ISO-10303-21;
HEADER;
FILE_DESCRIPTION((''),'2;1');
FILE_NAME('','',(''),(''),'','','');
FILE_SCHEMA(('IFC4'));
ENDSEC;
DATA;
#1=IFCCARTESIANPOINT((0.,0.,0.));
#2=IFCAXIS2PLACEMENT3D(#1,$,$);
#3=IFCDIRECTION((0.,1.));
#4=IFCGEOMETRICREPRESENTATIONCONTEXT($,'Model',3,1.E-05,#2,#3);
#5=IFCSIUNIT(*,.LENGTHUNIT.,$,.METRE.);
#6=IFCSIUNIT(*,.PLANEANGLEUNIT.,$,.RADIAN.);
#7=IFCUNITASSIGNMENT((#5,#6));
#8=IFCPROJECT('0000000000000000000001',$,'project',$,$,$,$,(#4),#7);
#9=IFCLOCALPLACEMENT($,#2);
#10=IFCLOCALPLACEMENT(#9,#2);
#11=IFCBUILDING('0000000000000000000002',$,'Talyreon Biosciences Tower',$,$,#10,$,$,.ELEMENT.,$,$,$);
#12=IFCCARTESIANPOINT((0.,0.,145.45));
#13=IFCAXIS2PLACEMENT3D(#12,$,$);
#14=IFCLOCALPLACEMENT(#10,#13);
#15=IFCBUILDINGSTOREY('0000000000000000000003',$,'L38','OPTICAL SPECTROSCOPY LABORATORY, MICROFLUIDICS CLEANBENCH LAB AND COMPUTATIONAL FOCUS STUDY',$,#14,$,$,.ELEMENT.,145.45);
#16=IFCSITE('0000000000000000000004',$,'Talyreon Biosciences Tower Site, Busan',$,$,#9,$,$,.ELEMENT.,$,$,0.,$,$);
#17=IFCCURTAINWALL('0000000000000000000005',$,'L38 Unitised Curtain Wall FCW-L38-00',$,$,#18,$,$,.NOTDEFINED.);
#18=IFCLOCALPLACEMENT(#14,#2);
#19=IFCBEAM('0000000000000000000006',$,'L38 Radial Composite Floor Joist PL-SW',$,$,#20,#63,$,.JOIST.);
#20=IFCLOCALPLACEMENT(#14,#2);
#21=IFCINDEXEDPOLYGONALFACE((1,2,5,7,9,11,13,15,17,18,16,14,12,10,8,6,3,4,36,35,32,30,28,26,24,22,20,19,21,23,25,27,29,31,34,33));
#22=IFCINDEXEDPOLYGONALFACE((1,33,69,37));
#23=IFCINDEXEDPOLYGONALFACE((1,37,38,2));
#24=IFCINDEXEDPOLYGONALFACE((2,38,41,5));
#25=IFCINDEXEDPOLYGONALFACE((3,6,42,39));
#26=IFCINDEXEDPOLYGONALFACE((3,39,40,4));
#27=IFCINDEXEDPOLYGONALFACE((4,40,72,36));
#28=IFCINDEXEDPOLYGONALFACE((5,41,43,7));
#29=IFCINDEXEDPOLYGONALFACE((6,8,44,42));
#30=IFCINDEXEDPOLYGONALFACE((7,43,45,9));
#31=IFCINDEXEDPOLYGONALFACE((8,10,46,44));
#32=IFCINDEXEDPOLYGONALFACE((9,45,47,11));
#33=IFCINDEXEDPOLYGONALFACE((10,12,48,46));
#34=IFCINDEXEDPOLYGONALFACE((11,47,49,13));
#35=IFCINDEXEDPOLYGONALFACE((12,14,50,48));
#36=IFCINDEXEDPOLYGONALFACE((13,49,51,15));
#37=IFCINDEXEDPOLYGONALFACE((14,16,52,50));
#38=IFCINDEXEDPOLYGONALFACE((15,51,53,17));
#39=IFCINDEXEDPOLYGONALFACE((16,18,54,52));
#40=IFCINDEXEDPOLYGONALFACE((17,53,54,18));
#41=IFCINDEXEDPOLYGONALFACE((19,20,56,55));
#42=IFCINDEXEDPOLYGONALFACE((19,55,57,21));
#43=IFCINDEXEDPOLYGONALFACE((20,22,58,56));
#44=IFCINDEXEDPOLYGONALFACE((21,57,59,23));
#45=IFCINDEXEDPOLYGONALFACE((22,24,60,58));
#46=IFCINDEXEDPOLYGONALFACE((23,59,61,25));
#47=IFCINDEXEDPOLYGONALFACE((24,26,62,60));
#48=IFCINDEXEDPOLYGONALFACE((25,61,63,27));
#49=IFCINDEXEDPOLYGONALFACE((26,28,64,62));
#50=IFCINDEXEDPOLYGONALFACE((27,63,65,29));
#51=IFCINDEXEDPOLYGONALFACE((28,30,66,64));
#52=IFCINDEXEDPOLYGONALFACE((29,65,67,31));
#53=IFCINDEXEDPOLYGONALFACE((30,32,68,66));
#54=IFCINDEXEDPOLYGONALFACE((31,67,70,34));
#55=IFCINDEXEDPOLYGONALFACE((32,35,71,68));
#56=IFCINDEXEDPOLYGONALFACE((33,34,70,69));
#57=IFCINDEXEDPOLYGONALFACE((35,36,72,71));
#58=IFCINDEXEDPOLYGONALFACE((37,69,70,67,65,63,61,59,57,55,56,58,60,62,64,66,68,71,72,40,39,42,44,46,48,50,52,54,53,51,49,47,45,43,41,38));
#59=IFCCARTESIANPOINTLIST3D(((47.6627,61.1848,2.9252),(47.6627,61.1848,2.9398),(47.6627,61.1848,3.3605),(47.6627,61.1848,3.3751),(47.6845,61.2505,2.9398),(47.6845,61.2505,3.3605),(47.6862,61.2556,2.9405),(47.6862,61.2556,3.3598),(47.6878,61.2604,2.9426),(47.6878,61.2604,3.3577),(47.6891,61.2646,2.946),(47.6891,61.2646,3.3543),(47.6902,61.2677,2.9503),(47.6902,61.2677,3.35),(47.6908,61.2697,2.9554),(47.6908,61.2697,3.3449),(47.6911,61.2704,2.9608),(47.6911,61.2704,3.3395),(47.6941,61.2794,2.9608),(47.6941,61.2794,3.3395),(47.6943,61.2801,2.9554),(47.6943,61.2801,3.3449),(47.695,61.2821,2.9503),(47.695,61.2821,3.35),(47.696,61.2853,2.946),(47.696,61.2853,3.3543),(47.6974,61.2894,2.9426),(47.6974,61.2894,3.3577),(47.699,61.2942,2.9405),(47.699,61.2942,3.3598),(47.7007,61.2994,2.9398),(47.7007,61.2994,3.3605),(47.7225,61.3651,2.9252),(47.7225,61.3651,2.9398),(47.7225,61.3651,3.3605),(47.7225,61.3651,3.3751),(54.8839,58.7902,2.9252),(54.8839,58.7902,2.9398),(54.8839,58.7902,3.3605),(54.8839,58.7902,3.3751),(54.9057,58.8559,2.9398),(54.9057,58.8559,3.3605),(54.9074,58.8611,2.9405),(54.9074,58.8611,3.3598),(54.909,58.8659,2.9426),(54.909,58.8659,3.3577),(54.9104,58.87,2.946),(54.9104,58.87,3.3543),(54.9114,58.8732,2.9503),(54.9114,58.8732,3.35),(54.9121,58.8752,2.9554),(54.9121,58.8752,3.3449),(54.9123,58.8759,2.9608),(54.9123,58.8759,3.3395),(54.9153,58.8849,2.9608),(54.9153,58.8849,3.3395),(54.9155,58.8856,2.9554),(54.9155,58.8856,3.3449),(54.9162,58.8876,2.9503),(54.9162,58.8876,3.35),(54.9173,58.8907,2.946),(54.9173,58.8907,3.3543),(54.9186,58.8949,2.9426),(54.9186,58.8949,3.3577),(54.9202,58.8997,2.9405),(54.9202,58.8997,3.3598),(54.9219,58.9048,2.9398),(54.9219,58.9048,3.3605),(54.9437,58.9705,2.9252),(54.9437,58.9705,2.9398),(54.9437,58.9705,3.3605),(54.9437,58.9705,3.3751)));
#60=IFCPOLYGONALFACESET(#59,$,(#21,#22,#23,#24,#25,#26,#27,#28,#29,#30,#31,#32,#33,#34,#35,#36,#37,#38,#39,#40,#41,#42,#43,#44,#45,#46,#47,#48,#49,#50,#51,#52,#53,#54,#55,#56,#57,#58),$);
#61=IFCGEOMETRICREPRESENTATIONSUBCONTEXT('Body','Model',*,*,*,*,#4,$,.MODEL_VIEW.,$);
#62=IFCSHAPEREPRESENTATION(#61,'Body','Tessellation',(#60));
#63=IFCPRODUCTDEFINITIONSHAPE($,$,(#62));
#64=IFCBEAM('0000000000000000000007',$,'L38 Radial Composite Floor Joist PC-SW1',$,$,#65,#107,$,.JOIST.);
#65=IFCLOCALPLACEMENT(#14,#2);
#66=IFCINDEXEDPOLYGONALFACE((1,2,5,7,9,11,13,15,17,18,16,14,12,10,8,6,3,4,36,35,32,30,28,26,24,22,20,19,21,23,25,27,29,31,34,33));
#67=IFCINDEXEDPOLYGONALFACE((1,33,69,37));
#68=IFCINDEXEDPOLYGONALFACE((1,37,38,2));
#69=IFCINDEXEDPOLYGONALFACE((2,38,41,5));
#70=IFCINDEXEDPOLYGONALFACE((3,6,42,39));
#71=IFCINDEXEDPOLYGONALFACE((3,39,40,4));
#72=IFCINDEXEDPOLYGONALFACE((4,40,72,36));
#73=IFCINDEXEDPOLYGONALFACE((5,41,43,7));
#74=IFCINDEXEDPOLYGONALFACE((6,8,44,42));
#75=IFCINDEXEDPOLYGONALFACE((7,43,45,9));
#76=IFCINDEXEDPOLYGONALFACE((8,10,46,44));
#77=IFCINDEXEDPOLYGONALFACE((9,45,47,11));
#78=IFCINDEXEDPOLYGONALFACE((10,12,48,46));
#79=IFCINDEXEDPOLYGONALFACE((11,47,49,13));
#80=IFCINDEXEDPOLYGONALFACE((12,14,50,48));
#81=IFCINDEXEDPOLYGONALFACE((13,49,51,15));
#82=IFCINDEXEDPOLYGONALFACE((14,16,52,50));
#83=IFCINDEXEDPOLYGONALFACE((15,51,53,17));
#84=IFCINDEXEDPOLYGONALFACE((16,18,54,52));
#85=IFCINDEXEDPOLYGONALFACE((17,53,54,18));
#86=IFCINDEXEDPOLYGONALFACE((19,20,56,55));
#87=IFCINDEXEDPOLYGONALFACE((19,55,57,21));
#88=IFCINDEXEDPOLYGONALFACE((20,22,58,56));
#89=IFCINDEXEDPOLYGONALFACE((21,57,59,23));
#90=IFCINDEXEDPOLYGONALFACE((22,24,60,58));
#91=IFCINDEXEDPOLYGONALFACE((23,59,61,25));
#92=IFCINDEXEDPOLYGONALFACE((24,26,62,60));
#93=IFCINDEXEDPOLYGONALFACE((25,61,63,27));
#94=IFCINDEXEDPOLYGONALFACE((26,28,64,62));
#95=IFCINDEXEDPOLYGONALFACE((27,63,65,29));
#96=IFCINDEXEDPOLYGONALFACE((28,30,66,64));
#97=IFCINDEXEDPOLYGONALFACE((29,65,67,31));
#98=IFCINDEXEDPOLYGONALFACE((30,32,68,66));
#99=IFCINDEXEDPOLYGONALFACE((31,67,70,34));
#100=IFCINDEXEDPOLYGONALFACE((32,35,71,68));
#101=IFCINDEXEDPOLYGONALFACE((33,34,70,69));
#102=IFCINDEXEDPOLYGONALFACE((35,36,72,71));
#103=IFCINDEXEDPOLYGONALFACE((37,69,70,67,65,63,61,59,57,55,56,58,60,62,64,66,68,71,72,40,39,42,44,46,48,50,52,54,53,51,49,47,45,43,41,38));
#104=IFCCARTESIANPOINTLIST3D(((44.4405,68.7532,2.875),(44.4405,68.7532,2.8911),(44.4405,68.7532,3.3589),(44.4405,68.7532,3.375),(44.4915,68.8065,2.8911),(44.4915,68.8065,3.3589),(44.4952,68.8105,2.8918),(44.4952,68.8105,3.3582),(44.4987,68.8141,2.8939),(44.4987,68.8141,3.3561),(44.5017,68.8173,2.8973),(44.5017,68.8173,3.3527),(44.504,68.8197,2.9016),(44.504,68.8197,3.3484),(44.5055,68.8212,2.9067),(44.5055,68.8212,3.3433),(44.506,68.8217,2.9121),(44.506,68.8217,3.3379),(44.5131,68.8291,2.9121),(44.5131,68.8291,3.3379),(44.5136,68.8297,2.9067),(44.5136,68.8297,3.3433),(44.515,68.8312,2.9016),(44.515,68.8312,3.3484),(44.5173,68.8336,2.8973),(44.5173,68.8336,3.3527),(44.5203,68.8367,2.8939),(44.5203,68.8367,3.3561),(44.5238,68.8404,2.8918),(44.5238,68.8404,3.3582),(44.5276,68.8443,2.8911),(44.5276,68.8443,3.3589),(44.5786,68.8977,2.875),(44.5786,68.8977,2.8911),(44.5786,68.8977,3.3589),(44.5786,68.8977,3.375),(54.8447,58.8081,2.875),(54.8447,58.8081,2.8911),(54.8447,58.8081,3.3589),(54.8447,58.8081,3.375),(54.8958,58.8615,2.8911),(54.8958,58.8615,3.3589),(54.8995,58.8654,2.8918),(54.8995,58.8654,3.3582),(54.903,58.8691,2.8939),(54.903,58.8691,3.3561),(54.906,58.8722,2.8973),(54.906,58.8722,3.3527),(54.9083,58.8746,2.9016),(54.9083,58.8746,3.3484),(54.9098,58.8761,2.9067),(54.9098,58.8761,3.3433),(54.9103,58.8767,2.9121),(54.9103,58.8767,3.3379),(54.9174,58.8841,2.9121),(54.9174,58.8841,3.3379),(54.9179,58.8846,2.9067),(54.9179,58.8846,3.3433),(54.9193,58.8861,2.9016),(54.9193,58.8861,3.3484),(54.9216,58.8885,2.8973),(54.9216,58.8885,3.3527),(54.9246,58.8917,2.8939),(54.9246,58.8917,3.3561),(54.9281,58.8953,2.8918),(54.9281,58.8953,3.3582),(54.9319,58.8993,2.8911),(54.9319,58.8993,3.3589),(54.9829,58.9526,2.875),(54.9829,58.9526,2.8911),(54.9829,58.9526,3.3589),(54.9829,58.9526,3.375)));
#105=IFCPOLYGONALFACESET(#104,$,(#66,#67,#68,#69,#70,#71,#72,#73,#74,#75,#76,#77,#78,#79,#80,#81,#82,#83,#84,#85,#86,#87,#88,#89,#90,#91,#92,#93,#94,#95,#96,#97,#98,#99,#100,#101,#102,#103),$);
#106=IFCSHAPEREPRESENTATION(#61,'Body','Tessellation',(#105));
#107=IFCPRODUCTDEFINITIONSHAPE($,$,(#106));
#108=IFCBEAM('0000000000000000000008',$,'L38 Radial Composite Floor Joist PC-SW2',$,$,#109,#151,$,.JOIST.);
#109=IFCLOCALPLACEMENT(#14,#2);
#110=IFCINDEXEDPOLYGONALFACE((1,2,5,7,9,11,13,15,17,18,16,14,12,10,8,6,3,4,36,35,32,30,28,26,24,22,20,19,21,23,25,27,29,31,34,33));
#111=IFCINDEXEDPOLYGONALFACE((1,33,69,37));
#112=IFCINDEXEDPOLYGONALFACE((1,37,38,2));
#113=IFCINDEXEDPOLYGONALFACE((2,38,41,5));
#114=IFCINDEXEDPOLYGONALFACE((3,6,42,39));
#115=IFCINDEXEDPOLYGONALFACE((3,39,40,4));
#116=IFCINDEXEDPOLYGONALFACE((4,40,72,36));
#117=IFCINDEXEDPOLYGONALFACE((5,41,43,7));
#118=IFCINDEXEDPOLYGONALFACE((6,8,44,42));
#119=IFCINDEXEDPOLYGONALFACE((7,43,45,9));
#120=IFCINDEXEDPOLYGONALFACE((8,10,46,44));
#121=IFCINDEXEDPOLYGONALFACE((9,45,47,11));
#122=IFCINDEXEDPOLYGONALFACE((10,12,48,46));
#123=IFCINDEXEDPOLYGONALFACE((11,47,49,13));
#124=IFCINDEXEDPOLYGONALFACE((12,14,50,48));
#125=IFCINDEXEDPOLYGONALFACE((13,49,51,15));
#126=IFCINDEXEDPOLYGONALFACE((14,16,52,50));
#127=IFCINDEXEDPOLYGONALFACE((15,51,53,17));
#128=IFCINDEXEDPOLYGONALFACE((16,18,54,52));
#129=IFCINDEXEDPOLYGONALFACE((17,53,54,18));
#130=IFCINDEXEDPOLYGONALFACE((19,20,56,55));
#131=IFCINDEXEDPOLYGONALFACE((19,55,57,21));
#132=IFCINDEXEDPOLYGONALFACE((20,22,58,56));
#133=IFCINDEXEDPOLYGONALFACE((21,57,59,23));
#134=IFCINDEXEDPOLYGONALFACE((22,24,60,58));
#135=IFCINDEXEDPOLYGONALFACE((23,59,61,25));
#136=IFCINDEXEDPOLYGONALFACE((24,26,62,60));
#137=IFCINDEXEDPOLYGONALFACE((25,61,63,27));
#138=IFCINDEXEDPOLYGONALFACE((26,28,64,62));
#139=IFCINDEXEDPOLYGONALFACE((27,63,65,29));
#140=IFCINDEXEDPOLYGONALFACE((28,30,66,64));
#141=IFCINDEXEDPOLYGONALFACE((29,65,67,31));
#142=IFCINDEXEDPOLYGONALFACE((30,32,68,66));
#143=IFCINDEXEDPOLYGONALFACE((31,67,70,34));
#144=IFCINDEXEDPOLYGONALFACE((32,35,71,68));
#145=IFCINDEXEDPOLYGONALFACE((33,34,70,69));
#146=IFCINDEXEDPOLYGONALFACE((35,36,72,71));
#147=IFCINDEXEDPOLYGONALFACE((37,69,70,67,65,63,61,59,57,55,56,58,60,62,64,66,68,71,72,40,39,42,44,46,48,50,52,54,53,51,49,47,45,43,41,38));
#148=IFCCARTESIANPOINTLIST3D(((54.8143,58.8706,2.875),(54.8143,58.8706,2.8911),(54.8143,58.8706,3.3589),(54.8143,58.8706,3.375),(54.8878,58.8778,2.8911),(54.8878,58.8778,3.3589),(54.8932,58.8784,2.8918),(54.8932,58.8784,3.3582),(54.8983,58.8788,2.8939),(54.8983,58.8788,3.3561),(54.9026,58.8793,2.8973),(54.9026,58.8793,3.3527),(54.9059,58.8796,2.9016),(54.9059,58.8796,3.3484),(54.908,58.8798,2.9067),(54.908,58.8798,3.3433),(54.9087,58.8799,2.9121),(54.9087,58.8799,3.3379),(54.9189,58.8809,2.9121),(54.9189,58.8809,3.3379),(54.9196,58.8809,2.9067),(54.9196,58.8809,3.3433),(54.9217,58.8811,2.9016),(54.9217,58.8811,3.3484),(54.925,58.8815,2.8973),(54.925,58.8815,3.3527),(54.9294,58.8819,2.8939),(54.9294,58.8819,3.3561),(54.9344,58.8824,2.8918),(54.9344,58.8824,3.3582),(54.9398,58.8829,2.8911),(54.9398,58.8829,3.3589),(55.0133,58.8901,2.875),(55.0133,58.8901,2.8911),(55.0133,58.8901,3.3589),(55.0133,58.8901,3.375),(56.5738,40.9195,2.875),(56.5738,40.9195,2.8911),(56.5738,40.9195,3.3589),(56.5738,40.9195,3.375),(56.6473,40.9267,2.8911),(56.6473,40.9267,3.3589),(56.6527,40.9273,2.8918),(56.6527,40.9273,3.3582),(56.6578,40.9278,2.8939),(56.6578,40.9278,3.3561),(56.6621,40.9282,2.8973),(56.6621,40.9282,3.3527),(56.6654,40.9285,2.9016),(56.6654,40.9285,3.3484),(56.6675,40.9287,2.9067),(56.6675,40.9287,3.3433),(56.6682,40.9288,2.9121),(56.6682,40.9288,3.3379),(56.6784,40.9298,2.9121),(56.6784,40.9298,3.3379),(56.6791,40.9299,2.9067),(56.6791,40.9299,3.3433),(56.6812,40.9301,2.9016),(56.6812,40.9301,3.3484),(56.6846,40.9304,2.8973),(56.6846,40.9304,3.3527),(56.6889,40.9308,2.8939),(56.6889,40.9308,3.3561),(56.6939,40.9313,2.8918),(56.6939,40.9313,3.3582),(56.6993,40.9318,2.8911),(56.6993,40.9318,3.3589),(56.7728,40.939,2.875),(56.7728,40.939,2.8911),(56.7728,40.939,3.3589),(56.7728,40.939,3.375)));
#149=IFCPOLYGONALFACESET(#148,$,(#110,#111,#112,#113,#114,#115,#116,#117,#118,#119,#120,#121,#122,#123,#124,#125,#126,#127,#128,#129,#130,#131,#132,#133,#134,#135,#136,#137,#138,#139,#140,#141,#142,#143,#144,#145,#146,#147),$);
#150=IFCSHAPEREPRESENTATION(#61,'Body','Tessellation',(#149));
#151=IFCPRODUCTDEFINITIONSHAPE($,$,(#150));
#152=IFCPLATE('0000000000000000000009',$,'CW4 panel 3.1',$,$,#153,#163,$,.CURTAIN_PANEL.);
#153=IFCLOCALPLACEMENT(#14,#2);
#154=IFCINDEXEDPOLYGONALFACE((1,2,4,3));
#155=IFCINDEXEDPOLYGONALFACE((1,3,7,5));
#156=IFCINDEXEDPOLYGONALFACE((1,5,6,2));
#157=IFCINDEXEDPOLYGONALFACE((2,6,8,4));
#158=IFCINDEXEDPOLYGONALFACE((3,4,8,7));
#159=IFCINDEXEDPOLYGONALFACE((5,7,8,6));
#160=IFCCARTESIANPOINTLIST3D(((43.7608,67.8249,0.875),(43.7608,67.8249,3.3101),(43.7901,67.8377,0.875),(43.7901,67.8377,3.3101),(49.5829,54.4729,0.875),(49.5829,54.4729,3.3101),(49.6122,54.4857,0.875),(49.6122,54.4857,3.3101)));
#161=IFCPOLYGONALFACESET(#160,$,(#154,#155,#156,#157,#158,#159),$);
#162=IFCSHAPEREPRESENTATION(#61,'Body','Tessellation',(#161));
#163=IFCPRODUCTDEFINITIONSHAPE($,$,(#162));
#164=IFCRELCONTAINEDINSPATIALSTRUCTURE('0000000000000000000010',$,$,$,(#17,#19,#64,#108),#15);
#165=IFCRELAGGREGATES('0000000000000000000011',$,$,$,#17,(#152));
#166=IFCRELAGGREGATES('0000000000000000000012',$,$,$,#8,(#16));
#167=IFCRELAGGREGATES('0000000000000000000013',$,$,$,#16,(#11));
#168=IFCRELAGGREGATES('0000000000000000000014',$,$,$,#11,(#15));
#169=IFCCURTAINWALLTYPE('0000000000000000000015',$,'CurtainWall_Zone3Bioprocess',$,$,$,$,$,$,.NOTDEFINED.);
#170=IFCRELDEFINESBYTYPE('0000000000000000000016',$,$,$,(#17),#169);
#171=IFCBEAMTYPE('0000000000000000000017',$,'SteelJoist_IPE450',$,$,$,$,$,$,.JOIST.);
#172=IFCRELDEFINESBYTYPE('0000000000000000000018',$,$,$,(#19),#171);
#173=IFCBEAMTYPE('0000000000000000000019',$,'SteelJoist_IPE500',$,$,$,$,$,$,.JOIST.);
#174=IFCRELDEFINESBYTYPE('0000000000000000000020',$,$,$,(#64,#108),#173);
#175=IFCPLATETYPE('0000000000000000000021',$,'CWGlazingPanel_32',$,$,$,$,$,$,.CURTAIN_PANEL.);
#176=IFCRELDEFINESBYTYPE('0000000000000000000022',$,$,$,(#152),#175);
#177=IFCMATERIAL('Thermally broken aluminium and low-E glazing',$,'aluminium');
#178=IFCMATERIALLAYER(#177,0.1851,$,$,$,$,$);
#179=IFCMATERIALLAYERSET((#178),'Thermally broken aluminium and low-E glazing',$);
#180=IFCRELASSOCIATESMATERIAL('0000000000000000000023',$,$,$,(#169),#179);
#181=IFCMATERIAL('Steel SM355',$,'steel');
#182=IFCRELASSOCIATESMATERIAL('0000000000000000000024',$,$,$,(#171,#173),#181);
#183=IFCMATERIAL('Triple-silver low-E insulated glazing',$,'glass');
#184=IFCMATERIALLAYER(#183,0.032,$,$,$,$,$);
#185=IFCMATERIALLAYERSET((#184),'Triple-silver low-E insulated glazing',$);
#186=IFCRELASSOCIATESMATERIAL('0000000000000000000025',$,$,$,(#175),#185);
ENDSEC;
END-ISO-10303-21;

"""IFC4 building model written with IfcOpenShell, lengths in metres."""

from ifc_helpers import new_model, si_unit, direction, frame, origin, origin_2d, place, context, subcontext, project, spatial, rectangle, i_section, extrude, material, layer, layer_set, material_profile, profile_set, type_object, element, aggregate, save


model = new_model("IFC4")

# Units and contexts
model_context = context("Model", 3, precision=1e-05, world=origin(), true_north=direction((0.0, 1.0)))
body_context = subcontext(model_context, "Body", "Model", "MODEL_VIEW")
ifc_project = project(units=[si_unit("LENGTHUNIT", "METRE"), si_unit("PLANEANGLEUNIT", "RADIAN")], contexts=[model_context])

# Site, building, storey
site_placement = place(None, origin())
site = spatial("IfcSite", under=ifc_project, at=site_placement, Name="Talyreon Biosciences Tower Site, Busan", CompositionType="ELEMENT", RefElevation=0.0)
building_placement = place(site_placement, origin())
building = spatial("IfcBuilding", under=site, at=building_placement, Name="Talyreon Biosciences Tower", CompositionType="ELEMENT")
storey_placement = place(building_placement, frame((0.0, 0.0, 145.45)))
storey = spatial("IfcBuildingStorey", under=building, at=storey_placement, Name="L38", Description="OPTICAL SPECTROSCOPY LABORATORY, MICROFLUIDICS CLEANBENCH LAB AND COMPUTATIONAL FOCUS STUDY", CompositionType="ELEMENT", Elevation=145.45)

# Curtain wall
ifc_material_1 = material(Name="Thermally broken aluminium and low-E glazing", Category="aluminium")
ifc_layer_1 = layer(ifc_material_1, 0.1851)
ifc_layer_set_1 = layer_set([ifc_layer_1], Name="Thermally broken aluminium and low-E glazing")
curtain_wall_type = type_object("IfcCurtainWallType", Name="CurtainWall_Zone3Bioprocess", PredefinedType="NOTDEFINED", material=ifc_layer_set_1)
curtain_wall_placement = place(storey_placement, origin())
curtain_wall = element("IfcCurtainWall", 1, at=curtain_wall_placement, inside=storey, type_object=curtain_wall_type, Name="L38 Unitised Curtain Wall FCW-L38-00", PredefinedType="NOTDEFINED")

# Beams
ifc_material_2 = material(Name="Steel SM355", Category="steel")
ifc_material_profile_1 = material_profile(ifc_material_2, i_section(OverallWidth=0.1899, OverallDepth=0.45, WebThickness=0.0095, FlangeThickness=0.0146, FilletRadius=0.021, at=origin_2d()), Name="IPE450")
ifc_profile_set_1 = profile_set([ifc_material_profile_1], Name="Steel SM355")
beam_type_1 = type_object("IfcBeamType", Name="SteelJoist_IPE450", PredefinedType="JOIST", material=ifc_profile_set_1)
beam_1_placement = place(storey_placement, frame((54.9138, 58.8804, 3.1501), z_axis=(-0.949176, 0.314745, 0.0), x_axis=(-0.314745, -0.949176, 0.0)))
element("IfcBeam", 2, at=beam_1_placement, inside=storey, type_object=beam_type_1, Name="L38 Radial Composite Floor Joist PL-SW", PredefinedType="JOIST", context=body_context, shape_type="SweptSolid", body=[
    extrude(i_section(OverallWidth=0.1899, OverallDepth=0.45, WebThickness=0.0095, FlangeThickness=0.0146, FilletRadius=0.021, at=origin_2d()), origin(), (0.0, 0.0, 1.0), 7.6079),
])
ifc_material_profile_2 = material_profile(ifc_material_2, i_section(OverallWidth=0.2, OverallDepth=0.5, WebThickness=0.0103, FlangeThickness=0.0161, FilletRadius=0.021, at=origin_2d()), Name="IPE500")
ifc_profile_set_2 = profile_set([ifc_material_profile_2], Name="Steel SM355")
beam_type_2 = type_object("IfcBeamType", Name="SteelJoist_IPE500", PredefinedType="JOIST", material=ifc_profile_set_2)
beam_2_placement = place(storey_placement, frame((54.9138, 58.8804, 3.125), z_axis=(-0.72288, 0.690973, 0.0), x_axis=(-0.690973, -0.72288, 0.0)))
element("IfcBeam", 3, at=beam_2_placement, inside=storey, type_object=beam_type_2, Name="L38 Radial Composite Floor Joist PC-SW1", PredefinedType="JOIST", context=body_context, shape_type="SweptSolid", body=[
    extrude(i_section(OverallWidth=0.2, OverallDepth=0.5, WebThickness=0.0103, FlangeThickness=0.0161, FilletRadius=0.021, at=origin_2d()), origin(), (0.0, 0.0, 1.0), 14.3928),
])
beam_3_placement = place(storey_placement, frame((54.9138, 58.8804, 3.125), z_axis=(0.09755, -0.995231, 0.0), x_axis=(0.995231, 0.09755, 0.0)))
element("IfcBeam", 4, at=beam_3_placement, inside=storey, type_object=beam_type_2, Name="L38 Radial Composite Floor Joist PC-SW2", PredefinedType="JOIST", context=body_context, shape_type="SweptSolid", body=[
    extrude(i_section(OverallWidth=0.2, OverallDepth=0.5, WebThickness=0.0103, FlangeThickness=0.0161, FilletRadius=0.021, at=origin_2d()), origin(), (0.0, 0.0, 1.0), 18.0371),
])

# Plate
ifc_material_3 = material(Name="Triple-silver low-E insulated glazing", Category="glass")
ifc_layer_2 = layer(ifc_material_3, 0.032)
ifc_layer_set_2 = layer_set([ifc_layer_2], Name="Triple-silver low-E insulated glazing")
plate_type = type_object("IfcPlateType", Name="CWGlazingPanel_32", PredefinedType="CURTAIN_PANEL", material=ifc_layer_set_2)
plate_placement = place(storey_placement, frame((46.6865, 61.1553, 0.875), z_axis=(0.0, 0.0, 1.0), x_axis=(-0.399698, 0.916647, 0.0)))
plate = element("IfcPlate", 5, at=plate_placement, type_object=plate_type, Name="CW4 panel 3.1", PredefinedType="CURTAIN_PANEL", context=body_context, shape_type="SweptSolid", body=[
    extrude(rectangle(XDim=14.5662, YDim=0.032, at=origin_2d()), origin(), (0.0, 0.0, 1.0), 2.4351),
])
aggregate(curtain_wall, [plate])

save(model, "model.ifc")
